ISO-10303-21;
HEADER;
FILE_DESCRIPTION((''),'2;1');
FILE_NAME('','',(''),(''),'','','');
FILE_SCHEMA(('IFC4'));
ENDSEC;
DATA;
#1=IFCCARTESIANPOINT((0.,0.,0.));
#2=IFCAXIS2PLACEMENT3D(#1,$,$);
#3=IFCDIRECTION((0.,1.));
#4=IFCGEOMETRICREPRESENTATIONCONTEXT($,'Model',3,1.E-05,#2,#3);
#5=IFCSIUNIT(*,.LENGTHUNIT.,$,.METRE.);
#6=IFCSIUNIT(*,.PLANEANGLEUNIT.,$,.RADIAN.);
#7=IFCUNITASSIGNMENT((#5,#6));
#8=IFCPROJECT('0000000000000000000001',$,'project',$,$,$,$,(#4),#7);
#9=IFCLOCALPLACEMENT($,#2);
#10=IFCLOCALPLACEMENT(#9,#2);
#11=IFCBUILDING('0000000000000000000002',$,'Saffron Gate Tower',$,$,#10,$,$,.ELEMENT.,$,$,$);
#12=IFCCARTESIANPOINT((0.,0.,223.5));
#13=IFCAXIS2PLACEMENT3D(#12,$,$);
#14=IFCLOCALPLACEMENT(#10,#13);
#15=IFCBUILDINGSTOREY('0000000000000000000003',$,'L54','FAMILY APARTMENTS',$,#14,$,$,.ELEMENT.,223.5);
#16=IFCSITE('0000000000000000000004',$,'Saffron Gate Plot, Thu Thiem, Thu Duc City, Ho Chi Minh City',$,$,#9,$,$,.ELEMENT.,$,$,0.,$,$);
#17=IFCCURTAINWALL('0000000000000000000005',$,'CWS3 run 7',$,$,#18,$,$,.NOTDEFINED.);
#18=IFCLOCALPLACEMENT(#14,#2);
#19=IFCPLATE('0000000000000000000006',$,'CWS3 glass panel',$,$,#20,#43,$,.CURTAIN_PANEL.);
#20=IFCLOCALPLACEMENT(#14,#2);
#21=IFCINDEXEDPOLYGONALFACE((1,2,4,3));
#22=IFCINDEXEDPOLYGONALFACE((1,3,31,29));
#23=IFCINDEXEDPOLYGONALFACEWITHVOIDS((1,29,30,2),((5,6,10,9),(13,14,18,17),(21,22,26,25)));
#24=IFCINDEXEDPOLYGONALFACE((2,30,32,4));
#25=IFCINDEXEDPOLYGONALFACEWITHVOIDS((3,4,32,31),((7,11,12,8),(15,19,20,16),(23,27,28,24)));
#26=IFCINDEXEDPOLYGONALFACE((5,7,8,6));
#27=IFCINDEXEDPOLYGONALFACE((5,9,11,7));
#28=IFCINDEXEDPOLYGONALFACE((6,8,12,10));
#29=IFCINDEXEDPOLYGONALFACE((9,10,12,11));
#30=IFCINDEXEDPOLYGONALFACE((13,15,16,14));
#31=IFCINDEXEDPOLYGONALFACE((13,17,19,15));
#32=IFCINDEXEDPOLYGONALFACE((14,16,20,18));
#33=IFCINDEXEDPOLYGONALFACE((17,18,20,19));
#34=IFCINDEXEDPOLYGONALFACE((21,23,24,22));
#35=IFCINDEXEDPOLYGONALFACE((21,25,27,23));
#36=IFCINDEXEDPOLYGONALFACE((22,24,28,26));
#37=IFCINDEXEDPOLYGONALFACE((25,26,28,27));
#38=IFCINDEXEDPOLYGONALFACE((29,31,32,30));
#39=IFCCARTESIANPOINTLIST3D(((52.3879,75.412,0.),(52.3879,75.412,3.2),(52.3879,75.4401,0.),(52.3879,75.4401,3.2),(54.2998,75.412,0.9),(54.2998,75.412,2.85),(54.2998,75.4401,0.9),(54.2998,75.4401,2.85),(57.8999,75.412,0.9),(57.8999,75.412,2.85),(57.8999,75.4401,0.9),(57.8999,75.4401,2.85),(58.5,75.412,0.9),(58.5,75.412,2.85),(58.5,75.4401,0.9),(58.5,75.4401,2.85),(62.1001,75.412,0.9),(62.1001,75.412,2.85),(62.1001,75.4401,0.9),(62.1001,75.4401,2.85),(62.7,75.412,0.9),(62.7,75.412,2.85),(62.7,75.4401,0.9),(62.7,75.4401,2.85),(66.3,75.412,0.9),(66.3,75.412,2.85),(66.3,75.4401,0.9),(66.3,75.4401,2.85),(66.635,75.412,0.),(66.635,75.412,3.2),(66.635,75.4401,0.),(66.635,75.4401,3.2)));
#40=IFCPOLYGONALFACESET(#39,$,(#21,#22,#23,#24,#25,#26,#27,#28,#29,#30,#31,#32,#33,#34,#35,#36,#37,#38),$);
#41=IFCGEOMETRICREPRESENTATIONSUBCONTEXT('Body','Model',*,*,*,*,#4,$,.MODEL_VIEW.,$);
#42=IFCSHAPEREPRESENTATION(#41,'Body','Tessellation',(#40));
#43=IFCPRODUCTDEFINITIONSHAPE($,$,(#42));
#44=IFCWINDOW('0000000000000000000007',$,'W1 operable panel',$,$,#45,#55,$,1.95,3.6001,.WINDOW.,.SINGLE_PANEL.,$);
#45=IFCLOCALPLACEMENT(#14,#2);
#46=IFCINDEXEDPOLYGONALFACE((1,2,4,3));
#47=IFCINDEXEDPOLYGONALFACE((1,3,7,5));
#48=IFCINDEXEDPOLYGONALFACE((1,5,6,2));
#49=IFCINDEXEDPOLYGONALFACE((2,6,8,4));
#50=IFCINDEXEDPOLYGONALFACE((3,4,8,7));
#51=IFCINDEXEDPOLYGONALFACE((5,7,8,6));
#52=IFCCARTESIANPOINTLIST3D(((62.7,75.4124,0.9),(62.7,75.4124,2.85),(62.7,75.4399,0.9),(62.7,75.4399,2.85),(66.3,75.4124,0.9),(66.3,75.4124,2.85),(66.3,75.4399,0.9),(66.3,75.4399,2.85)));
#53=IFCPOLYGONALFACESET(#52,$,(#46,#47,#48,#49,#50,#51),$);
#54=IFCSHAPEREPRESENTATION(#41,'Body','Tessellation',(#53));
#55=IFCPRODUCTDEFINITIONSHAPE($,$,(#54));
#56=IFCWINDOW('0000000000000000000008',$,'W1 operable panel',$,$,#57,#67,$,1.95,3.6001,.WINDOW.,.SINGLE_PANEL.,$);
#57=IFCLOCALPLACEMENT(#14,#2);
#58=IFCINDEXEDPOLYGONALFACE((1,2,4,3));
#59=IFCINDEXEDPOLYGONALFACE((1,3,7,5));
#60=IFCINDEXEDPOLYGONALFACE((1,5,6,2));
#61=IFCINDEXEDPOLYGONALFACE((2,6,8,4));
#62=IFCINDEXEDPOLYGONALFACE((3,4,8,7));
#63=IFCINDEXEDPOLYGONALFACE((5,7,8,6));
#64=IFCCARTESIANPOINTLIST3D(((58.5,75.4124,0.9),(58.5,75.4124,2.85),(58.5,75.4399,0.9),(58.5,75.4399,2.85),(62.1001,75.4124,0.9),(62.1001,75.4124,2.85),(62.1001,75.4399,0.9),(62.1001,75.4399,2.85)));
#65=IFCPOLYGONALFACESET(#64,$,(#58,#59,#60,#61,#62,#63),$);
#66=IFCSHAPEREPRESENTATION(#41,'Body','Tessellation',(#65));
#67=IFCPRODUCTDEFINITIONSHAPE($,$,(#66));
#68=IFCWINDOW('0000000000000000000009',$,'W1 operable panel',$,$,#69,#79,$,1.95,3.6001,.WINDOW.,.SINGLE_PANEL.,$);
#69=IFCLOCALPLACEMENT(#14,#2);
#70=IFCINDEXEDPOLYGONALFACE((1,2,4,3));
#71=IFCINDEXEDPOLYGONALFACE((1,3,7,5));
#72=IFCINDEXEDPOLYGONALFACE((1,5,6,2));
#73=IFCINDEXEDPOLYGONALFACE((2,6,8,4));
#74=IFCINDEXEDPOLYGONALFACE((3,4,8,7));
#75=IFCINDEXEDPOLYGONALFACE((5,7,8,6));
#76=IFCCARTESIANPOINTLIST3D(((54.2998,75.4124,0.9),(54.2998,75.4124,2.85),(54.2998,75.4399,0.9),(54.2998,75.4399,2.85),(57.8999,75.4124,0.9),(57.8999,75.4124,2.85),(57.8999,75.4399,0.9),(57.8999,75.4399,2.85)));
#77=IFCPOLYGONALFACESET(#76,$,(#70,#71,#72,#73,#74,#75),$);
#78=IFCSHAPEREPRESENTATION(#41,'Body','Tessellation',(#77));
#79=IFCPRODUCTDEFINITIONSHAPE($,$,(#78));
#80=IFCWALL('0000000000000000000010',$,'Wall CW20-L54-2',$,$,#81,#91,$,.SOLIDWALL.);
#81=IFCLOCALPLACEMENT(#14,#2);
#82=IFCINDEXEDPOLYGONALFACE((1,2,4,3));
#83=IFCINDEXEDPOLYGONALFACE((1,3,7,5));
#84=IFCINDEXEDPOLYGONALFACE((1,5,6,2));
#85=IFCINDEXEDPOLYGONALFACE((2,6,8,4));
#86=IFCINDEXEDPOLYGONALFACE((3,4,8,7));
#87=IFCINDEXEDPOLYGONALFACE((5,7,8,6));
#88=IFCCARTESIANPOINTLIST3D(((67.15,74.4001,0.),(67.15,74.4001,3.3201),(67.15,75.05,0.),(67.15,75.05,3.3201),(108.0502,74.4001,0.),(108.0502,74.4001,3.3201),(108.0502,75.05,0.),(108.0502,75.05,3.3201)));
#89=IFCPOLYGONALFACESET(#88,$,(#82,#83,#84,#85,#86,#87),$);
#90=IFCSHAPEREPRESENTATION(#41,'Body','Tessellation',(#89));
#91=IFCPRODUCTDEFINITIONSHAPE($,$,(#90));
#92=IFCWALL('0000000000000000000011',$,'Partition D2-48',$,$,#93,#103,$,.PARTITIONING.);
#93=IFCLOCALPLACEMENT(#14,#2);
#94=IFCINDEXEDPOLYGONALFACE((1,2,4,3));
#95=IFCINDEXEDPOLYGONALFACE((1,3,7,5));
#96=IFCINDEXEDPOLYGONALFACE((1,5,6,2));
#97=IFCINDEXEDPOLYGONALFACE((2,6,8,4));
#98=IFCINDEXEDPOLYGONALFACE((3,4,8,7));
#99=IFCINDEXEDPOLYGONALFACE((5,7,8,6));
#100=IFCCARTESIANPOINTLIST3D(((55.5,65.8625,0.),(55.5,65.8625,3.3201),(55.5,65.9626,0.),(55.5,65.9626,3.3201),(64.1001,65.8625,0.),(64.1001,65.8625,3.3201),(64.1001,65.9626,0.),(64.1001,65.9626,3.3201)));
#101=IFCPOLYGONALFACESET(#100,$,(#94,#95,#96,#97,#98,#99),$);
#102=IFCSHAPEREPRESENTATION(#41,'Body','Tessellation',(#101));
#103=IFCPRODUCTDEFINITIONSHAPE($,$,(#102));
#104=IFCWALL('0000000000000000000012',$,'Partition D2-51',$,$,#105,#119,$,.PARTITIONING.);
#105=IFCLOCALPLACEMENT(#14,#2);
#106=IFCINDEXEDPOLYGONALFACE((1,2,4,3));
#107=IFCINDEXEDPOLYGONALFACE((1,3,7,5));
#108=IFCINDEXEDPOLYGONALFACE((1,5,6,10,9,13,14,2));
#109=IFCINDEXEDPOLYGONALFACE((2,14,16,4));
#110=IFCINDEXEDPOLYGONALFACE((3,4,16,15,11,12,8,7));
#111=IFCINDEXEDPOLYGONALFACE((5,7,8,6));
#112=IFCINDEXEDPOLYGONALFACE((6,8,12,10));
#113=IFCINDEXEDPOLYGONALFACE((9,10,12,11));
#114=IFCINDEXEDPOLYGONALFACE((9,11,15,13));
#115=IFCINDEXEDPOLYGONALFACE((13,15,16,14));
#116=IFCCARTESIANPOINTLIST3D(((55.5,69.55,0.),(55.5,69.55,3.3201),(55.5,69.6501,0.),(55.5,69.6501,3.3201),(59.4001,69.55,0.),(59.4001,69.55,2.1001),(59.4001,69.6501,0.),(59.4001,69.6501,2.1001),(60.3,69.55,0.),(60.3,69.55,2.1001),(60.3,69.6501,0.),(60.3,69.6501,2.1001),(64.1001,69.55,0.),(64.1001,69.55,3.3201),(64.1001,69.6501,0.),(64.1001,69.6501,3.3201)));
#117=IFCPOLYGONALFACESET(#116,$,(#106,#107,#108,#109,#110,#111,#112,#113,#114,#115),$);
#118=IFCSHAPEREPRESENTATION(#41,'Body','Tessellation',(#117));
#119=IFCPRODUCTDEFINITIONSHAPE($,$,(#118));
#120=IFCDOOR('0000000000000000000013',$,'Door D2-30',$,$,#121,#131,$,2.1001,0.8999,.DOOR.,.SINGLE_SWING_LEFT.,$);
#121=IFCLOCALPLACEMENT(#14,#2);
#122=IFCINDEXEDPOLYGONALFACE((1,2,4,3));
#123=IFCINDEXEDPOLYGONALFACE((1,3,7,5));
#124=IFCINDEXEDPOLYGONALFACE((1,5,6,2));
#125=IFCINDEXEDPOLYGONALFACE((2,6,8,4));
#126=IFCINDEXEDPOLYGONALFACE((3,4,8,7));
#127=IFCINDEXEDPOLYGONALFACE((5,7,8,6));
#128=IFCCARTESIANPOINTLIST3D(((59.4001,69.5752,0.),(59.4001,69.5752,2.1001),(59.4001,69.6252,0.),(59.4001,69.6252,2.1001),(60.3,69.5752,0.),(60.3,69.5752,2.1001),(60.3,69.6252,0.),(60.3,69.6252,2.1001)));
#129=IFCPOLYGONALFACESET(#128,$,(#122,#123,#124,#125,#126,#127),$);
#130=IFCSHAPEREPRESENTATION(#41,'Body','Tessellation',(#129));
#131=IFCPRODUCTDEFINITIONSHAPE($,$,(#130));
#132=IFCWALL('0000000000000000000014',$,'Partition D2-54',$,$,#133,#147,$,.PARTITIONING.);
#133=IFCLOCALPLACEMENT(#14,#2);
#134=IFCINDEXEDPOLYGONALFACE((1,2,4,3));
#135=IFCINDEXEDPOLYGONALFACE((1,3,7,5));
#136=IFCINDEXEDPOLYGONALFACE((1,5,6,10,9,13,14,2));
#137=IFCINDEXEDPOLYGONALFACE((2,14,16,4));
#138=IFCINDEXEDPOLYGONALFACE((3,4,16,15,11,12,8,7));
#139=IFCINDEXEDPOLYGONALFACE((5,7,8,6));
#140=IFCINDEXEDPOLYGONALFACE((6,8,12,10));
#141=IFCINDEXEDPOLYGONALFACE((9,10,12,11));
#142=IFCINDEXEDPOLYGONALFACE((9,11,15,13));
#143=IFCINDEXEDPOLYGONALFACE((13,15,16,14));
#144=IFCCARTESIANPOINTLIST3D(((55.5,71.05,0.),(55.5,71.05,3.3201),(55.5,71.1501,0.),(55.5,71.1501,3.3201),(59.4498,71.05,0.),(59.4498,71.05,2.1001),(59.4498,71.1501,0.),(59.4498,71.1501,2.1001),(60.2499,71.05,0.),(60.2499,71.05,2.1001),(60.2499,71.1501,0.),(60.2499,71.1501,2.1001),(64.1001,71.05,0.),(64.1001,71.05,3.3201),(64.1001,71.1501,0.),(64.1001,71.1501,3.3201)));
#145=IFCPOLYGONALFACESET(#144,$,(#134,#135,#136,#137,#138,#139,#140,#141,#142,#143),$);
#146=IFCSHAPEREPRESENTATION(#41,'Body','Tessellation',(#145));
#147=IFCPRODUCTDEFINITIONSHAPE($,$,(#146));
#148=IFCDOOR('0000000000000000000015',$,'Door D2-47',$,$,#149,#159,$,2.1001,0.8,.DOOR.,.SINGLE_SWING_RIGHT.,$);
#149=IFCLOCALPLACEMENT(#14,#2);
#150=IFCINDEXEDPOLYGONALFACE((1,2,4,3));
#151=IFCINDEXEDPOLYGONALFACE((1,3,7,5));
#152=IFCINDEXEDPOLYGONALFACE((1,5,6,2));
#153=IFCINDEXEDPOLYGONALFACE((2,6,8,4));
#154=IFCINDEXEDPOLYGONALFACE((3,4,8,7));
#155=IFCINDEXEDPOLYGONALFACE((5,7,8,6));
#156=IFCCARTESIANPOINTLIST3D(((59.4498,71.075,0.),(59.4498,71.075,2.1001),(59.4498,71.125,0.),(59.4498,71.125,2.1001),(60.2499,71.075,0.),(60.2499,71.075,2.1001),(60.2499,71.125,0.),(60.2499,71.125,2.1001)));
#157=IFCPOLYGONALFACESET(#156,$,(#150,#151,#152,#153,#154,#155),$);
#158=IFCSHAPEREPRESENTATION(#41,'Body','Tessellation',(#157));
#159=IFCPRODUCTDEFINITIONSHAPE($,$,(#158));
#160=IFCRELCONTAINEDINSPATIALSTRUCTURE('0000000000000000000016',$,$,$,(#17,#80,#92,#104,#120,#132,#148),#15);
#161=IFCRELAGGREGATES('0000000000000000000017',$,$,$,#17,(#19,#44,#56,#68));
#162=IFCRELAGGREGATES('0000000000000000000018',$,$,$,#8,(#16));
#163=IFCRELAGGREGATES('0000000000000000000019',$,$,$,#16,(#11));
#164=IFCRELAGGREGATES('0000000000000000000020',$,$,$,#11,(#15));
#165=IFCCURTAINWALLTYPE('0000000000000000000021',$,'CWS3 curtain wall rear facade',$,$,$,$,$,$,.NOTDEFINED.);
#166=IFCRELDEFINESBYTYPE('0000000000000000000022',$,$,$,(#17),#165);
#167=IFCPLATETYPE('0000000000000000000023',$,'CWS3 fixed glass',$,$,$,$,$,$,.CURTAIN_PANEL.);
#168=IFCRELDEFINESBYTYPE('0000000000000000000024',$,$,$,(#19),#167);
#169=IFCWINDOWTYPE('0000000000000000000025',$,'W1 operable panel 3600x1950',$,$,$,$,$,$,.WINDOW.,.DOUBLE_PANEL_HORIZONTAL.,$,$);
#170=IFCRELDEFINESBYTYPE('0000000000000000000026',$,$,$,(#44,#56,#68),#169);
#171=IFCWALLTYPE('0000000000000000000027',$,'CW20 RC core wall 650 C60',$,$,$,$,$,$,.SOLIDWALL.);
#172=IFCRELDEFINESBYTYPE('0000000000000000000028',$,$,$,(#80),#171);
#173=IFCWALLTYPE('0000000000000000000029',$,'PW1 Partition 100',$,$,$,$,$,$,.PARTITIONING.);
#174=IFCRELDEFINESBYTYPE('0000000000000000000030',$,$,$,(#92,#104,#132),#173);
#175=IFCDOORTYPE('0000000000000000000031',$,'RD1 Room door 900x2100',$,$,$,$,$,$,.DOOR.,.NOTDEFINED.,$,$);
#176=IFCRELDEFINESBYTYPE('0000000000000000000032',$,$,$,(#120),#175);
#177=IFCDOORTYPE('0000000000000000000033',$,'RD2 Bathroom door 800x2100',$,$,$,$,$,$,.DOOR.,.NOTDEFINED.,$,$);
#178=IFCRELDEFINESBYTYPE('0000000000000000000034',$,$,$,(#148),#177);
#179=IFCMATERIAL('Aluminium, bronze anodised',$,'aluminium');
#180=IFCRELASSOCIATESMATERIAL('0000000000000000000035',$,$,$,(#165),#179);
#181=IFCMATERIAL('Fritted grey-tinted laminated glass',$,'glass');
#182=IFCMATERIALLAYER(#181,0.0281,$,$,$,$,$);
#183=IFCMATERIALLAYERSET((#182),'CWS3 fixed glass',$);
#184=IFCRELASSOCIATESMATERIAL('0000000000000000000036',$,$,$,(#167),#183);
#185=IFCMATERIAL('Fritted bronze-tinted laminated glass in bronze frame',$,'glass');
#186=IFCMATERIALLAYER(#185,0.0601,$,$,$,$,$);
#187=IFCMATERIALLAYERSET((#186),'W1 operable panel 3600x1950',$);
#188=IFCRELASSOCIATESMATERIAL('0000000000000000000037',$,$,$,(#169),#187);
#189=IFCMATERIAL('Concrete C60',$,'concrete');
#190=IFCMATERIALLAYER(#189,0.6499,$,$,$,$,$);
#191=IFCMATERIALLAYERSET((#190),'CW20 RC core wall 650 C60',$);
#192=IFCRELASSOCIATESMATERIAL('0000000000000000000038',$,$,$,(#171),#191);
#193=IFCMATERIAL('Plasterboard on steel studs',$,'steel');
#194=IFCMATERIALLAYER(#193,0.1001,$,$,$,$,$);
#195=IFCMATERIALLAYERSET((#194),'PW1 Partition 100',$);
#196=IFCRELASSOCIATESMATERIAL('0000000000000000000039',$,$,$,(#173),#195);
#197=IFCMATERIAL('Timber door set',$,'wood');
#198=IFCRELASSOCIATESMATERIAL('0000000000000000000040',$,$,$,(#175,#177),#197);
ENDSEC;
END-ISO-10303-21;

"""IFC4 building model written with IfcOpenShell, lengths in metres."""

from ifc_helpers import new_model, si_unit, direction, frame, frame_2d, origin, place, context, subcontext, project, spatial, rectangle, extrude, material, layer, layer_set, type_object, element, fill, aggregate, save


model = new_model("IFC4")

# Units and contexts
model_context = context("Model", 3, precision=1e-05, world=origin(), true_north=direction((0.0, 1.0)))
body_context = subcontext(model_context, "Body", "Model", "MODEL_VIEW")
ifc_project = project(units=[si_unit("LENGTHUNIT", "METRE"), si_unit("PLANEANGLEUNIT", "RADIAN")], contexts=[model_context])

# Site, building, storey
site_placement = place(None, origin())
site = spatial("IfcSite", under=ifc_project, at=site_placement, Name="Saffron Gate Plot, Thu Thiem, Thu Duc City, Ho Chi Minh City", CompositionType="ELEMENT", RefElevation=0.0)
building_placement = place(site_placement, origin())
building = spatial("IfcBuilding", under=site, at=building_placement, Name="Saffron Gate Tower", CompositionType="ELEMENT")
storey_placement = place(building_placement, frame((0.0, 0.0, 223.5)))
storey = spatial("IfcBuildingStorey", under=building, at=storey_placement, Name="L54", Description="FAMILY APARTMENTS", CompositionType="ELEMENT", Elevation=223.5)

# Curtain wall, plate, openings, windows
ifc_material_1 = material(Name="Aluminium, bronze anodised", Category="aluminium")
curtain_wall_type = type_object("IfcCurtainWallType", Name="CWS3 curtain wall rear facade", PredefinedType="NOTDEFINED", material=ifc_material_1)
curtain_wall_placement = place(storey_placement, origin())
curtain_wall = element("IfcCurtainWall", 1, at=curtain_wall_placement, inside=storey, type_object=curtain_wall_type, Name="CWS3 run 7", PredefinedType="NOTDEFINED")
ifc_material_2 = material(Name="Fritted grey-tinted laminated glass", Category="glass")
ifc_layer_1 = layer(ifc_material_2, 0.0281)
ifc_layer_set_1 = layer_set([ifc_layer_1], Name="CWS3 fixed glass")
plate_type = type_object("IfcPlateType", Name="CWS3 fixed glass", PredefinedType="CURTAIN_PANEL", material=ifc_layer_set_1)
plate_placement = place(storey_placement, frame((66.635, 75.426, 0.0), z_axis=(0.0, 0.0, 1.0), x_axis=(-1.0, 0.0, 0.0)))
plate = element("IfcPlate", 2, at=plate_placement, type_object=plate_type, Name="CWS3 glass panel", PredefinedType="CURTAIN_PANEL", context=body_context, shape_type="SweptSolid", body=[
    extrude(rectangle(XDim=14.2471, YDim=0.0281, at=frame_2d((7.1235, 0.0))), origin(), (0.0, 0.0, 1.0), 3.2),
])
opening_1_placement = place(plate_placement, frame((0.335, 0.0, 0.8999)))
opening_1 = element("IfcOpeningElement", 3, at=opening_1_placement, cuts=plate, PredefinedType="OPENING", context=body_context, shape_type="SweptSolid", body=[
    extrude(rectangle(XDim=3.6001, YDim=1.95, at=frame_2d((1.8, 0.9751))), frame((0.0, 0.0239, 0.0), z_axis=(0.0, -1.0, 0.0), x_axis=(1.0, 0.0, 0.0)), (0.0, 0.0, 1.0), 0.0481),
])
opening_2_placement = place(plate_placement, frame((4.5349, 0.0, 0.8999)))
opening_2 = element("IfcOpeningElement", 4, at=opening_2_placement, cuts=plate, PredefinedType="OPENING", context=body_context, shape_type="SweptSolid", body=[
    extrude(rectangle(XDim=3.6001, YDim=1.95, at=frame_2d((1.8, 0.9751))), frame((0.0, 0.0239, 0.0), z_axis=(0.0, -1.0, 0.0), x_axis=(1.0, 0.0, 0.0)), (0.0, 0.0, 1.0), 0.0481),
])
opening_3_placement = place(plate_placement, frame((8.7351, 0.0, 0.8999)))
opening_3 = element("IfcOpeningElement", 5, at=opening_3_placement, cuts=plate, PredefinedType="OPENING", context=body_context, shape_type="SweptSolid", body=[
    extrude(rectangle(XDim=3.6001, YDim=1.95, at=frame_2d((1.8, 0.9751))), frame((0.0, 0.0239, 0.0), z_axis=(0.0, -1.0, 0.0), x_axis=(1.0, 0.0, 0.0)), (0.0, 0.0, 1.0), 0.0481),
])
ifc_material_3 = material(Name="Fritted bronze-tinted laminated glass in bronze frame", Category="glass")
ifc_layer_2 = layer(ifc_material_3, 0.0601)
ifc_layer_set_2 = layer_set([ifc_layer_2], Name="W1 operable panel 3600x1950")
window_type = type_object("IfcWindowType", Name="W1 operable panel 3600x1950", PartitioningType="DOUBLE_PANEL_HORIZONTAL", PredefinedType="WINDOW", material=ifc_layer_set_2)
window_1_placement = place(opening_1_placement, origin())
window_1 = element("IfcWindow", 6, at=window_1_placement, type_object=window_type, Name="W1 operable panel", OverallHeight=1.95, OverallWidth=3.6001, PartitioningType="SINGLE_PANEL", PredefinedType="WINDOW", context=body_context, shape_type="SweptSolid", body=[
    extrude(rectangle(XDim=3.6001, YDim=1.95, at=frame_2d((1.8, 0.9751))), frame((0.0, 0.0137, 0.0), z_axis=(0.0, -1.0, 0.0), x_axis=(1.0, 0.0, 0.0)), (0.0, 0.0, 1.0), 0.0276),
])
fill(opening_1, window_1)
window_2_placement = place(opening_2_placement, origin())
window_2 = element("IfcWindow", 7, at=window_2_placement, type_object=window_type, Name="W1 operable panel", OverallHeight=1.95, OverallWidth=3.6001, PartitioningType="SINGLE_PANEL", PredefinedType="WINDOW", context=body_context, shape_type="SweptSolid", body=[
    extrude(rectangle(XDim=3.6001, YDim=1.95, at=frame_2d((1.8, 0.9751))), frame((0.0, 0.0137, 0.0), z_axis=(0.0, -1.0, 0.0), x_axis=(1.0, 0.0, 0.0)), (0.0, 0.0, 1.0), 0.0276),
])
fill(opening_2, window_2)
window_3_placement = place(opening_3_placement, origin())
window_3 = element("IfcWindow", 8, at=window_3_placement, type_object=window_type, Name="W1 operable panel", OverallHeight=1.95, OverallWidth=3.6001, PartitioningType="SINGLE_PANEL", PredefinedType="WINDOW", context=body_context, shape_type="SweptSolid", body=[
    extrude(rectangle(XDim=3.6001, YDim=1.95, at=frame_2d((1.8, 0.9751))), frame((0.0, 0.0137, 0.0), z_axis=(0.0, -1.0, 0.0), x_axis=(1.0, 0.0, 0.0)), (0.0, 0.0, 1.0), 0.0276),
])
fill(opening_3, window_3)
aggregate(curtain_wall, [plate, window_1, window_2, window_3])

# Walls
ifc_material_4 = material(Name="Concrete C60", Category="concrete")
ifc_layer_3 = layer(ifc_material_4, 0.6499)
ifc_layer_set_3 = layer_set([ifc_layer_3], Name="CW20 RC core wall 650 C60")
wall_type_1 = type_object("IfcWallType", Name="CW20 RC core wall 650 C60", PredefinedType="SOLIDWALL", material=ifc_layer_set_3)
wall_1_placement = place(storey_placement, frame((67.1499, 74.7251, 0.0), z_axis=(0.0, 0.0, 1.0), x_axis=(1.0, 0.0, 0.0)))
element("IfcWall", 9, at=wall_1_placement, inside=storey, type_object=wall_type_1, Name="Wall CW20-L54-2", PredefinedType="SOLIDWALL", context=body_context, shape_type="SweptSolid", body=[
    extrude(rectangle(XDim=40.9001, YDim=0.6499, at=frame_2d((20.4502, 0.0))), origin(), (0.0, 0.0, 1.0), 3.3201),
])
ifc_material_5 = material(Name="Plasterboard on steel studs", Category="steel")
ifc_layer_4 = layer(ifc_material_5, 0.1001)
ifc_layer_set_4 = layer_set([ifc_layer_4], Name="PW1 Partition 100")
wall_type_2 = type_object("IfcWallType", Name="PW1 Partition 100", PredefinedType="PARTITIONING", material=ifc_layer_set_4)
wall_2_placement = place(storey_placement, frame((55.5, 65.9126, 0.0), z_axis=(0.0, 0.0, 1.0), x_axis=(1.0, 0.0, 0.0)))
element("IfcWall", 10, at=wall_2_placement, inside=storey, type_object=wall_type_2, Name="Partition D2-48", PredefinedType="PARTITIONING", context=body_context, shape_type="SweptSolid", body=[
    extrude(rectangle(XDim=8.6001, YDim=0.1001, at=frame_2d((4.3, 0.0))), origin(), (0.0, 0.0, 1.0), 3.3201),
])

# Walls, openings, doors
wall_3_placement = place(storey_placement, frame((64.1001, 69.6001, 0.0), z_axis=(0.0, 0.0, 1.0), x_axis=(-1.0, 0.0, 0.0)))
wall_3 = element("IfcWall", 11, at=wall_3_placement, inside=storey, type_object=wall_type_2, Name="Partition D2-51", PredefinedType="PARTITIONING", context=body_context, shape_type="SweptSolid", body=[
    extrude(rectangle(XDim=8.6001, YDim=0.1001, at=frame_2d((4.3, 0.0))), origin(), (0.0, 0.0, 1.0), 3.3201),
])
opening_4_placement = place(wall_3_placement, frame((3.8, 0.0, 0.0)))
opening_4 = element("IfcOpeningElement", 12, at=opening_4_placement, cuts=wall_3, PredefinedType="OPENING", context=body_context, shape_type="SweptSolid", body=[
    extrude(rectangle(XDim=0.8999, YDim=2.1001, at=frame_2d((0.45, 1.05))), frame((0.0, 0.0601, 0.0), z_axis=(0.0, -1.0, 0.0), x_axis=(1.0, 0.0, 0.0)), (0.0, 0.0, 1.0), 0.1201),
])
ifc_material_6 = material(Name="Timber door set", Category="wood")
door_type_1 = type_object("IfcDoorType", Name="RD1 Room door 900x2100", OperationType="NOTDEFINED", PredefinedType="DOOR", material=ifc_material_6)
door_1_placement = place(opening_4_placement, origin())
door_1 = element("IfcDoor", 13, at=door_1_placement, inside=storey, type_object=door_type_1, Name="Door D2-30", OperationType="SINGLE_SWING_LEFT", OverallHeight=2.1001, OverallWidth=0.8999, PredefinedType="DOOR", context=body_context, shape_type="SweptSolid", body=[
    extrude(rectangle(XDim=0.8999, YDim=2.1001, at=frame_2d((0.45, 1.05))), frame((0.0, 0.0249, 0.0), z_axis=(0.0, -1.0, 0.0), x_axis=(1.0, 0.0, 0.0)), (0.0, 0.0, 1.0), 0.05),
])
fill(opening_4, door_1)
wall_4_placement = place(storey_placement, frame((55.5, 71.1001, 0.0), z_axis=(0.0, 0.0, 1.0), x_axis=(1.0, 0.0, 0.0)))
wall_4 = element("IfcWall", 14, at=wall_4_placement, inside=storey, type_object=wall_type_2, Name="Partition D2-54", PredefinedType="PARTITIONING", context=body_context, shape_type="SweptSolid", body=[
    extrude(rectangle(XDim=8.6001, YDim=0.1001, at=frame_2d((4.3, 0.0))), origin(), (0.0, 0.0, 1.0), 3.3201),
])
opening_5_placement = place(wall_4_placement, frame((3.95, 0.0, 0.0)))
opening_5 = element("IfcOpeningElement", 15, at=opening_5_placement, cuts=wall_4, PredefinedType="OPENING", context=body_context, shape_type="SweptSolid", body=[
    extrude(rectangle(XDim=0.8, YDim=2.1001, at=frame_2d((0.3999, 1.05))), frame((0.0, 0.0601, 0.0), z_axis=(0.0, -1.0, 0.0), x_axis=(1.0, 0.0, 0.0)), (0.0, 0.0, 1.0), 0.1201),
])
door_type_2 = type_object("IfcDoorType", Name="RD2 Bathroom door 800x2100", OperationType="NOTDEFINED", PredefinedType="DOOR", material=ifc_material_6)
door_2_placement = place(opening_5_placement, origin())
door_2 = element("IfcDoor", 16, at=door_2_placement, inside=storey, type_object=door_type_2, Name="Door D2-47", OperationType="SINGLE_SWING_RIGHT", OverallHeight=2.1001, OverallWidth=0.8, PredefinedType="DOOR", context=body_context, shape_type="SweptSolid", body=[
    extrude(rectangle(XDim=0.8, YDim=2.1001, at=frame_2d((0.3999, 1.05))), frame((0.0, 0.0249, 0.0), z_axis=(0.0, -1.0, 0.0), x_axis=(1.0, 0.0, 0.0)), (0.0, 0.0, 1.0), 0.05),
])
fill(opening_5, door_2)

save(model, "model.ifc")
